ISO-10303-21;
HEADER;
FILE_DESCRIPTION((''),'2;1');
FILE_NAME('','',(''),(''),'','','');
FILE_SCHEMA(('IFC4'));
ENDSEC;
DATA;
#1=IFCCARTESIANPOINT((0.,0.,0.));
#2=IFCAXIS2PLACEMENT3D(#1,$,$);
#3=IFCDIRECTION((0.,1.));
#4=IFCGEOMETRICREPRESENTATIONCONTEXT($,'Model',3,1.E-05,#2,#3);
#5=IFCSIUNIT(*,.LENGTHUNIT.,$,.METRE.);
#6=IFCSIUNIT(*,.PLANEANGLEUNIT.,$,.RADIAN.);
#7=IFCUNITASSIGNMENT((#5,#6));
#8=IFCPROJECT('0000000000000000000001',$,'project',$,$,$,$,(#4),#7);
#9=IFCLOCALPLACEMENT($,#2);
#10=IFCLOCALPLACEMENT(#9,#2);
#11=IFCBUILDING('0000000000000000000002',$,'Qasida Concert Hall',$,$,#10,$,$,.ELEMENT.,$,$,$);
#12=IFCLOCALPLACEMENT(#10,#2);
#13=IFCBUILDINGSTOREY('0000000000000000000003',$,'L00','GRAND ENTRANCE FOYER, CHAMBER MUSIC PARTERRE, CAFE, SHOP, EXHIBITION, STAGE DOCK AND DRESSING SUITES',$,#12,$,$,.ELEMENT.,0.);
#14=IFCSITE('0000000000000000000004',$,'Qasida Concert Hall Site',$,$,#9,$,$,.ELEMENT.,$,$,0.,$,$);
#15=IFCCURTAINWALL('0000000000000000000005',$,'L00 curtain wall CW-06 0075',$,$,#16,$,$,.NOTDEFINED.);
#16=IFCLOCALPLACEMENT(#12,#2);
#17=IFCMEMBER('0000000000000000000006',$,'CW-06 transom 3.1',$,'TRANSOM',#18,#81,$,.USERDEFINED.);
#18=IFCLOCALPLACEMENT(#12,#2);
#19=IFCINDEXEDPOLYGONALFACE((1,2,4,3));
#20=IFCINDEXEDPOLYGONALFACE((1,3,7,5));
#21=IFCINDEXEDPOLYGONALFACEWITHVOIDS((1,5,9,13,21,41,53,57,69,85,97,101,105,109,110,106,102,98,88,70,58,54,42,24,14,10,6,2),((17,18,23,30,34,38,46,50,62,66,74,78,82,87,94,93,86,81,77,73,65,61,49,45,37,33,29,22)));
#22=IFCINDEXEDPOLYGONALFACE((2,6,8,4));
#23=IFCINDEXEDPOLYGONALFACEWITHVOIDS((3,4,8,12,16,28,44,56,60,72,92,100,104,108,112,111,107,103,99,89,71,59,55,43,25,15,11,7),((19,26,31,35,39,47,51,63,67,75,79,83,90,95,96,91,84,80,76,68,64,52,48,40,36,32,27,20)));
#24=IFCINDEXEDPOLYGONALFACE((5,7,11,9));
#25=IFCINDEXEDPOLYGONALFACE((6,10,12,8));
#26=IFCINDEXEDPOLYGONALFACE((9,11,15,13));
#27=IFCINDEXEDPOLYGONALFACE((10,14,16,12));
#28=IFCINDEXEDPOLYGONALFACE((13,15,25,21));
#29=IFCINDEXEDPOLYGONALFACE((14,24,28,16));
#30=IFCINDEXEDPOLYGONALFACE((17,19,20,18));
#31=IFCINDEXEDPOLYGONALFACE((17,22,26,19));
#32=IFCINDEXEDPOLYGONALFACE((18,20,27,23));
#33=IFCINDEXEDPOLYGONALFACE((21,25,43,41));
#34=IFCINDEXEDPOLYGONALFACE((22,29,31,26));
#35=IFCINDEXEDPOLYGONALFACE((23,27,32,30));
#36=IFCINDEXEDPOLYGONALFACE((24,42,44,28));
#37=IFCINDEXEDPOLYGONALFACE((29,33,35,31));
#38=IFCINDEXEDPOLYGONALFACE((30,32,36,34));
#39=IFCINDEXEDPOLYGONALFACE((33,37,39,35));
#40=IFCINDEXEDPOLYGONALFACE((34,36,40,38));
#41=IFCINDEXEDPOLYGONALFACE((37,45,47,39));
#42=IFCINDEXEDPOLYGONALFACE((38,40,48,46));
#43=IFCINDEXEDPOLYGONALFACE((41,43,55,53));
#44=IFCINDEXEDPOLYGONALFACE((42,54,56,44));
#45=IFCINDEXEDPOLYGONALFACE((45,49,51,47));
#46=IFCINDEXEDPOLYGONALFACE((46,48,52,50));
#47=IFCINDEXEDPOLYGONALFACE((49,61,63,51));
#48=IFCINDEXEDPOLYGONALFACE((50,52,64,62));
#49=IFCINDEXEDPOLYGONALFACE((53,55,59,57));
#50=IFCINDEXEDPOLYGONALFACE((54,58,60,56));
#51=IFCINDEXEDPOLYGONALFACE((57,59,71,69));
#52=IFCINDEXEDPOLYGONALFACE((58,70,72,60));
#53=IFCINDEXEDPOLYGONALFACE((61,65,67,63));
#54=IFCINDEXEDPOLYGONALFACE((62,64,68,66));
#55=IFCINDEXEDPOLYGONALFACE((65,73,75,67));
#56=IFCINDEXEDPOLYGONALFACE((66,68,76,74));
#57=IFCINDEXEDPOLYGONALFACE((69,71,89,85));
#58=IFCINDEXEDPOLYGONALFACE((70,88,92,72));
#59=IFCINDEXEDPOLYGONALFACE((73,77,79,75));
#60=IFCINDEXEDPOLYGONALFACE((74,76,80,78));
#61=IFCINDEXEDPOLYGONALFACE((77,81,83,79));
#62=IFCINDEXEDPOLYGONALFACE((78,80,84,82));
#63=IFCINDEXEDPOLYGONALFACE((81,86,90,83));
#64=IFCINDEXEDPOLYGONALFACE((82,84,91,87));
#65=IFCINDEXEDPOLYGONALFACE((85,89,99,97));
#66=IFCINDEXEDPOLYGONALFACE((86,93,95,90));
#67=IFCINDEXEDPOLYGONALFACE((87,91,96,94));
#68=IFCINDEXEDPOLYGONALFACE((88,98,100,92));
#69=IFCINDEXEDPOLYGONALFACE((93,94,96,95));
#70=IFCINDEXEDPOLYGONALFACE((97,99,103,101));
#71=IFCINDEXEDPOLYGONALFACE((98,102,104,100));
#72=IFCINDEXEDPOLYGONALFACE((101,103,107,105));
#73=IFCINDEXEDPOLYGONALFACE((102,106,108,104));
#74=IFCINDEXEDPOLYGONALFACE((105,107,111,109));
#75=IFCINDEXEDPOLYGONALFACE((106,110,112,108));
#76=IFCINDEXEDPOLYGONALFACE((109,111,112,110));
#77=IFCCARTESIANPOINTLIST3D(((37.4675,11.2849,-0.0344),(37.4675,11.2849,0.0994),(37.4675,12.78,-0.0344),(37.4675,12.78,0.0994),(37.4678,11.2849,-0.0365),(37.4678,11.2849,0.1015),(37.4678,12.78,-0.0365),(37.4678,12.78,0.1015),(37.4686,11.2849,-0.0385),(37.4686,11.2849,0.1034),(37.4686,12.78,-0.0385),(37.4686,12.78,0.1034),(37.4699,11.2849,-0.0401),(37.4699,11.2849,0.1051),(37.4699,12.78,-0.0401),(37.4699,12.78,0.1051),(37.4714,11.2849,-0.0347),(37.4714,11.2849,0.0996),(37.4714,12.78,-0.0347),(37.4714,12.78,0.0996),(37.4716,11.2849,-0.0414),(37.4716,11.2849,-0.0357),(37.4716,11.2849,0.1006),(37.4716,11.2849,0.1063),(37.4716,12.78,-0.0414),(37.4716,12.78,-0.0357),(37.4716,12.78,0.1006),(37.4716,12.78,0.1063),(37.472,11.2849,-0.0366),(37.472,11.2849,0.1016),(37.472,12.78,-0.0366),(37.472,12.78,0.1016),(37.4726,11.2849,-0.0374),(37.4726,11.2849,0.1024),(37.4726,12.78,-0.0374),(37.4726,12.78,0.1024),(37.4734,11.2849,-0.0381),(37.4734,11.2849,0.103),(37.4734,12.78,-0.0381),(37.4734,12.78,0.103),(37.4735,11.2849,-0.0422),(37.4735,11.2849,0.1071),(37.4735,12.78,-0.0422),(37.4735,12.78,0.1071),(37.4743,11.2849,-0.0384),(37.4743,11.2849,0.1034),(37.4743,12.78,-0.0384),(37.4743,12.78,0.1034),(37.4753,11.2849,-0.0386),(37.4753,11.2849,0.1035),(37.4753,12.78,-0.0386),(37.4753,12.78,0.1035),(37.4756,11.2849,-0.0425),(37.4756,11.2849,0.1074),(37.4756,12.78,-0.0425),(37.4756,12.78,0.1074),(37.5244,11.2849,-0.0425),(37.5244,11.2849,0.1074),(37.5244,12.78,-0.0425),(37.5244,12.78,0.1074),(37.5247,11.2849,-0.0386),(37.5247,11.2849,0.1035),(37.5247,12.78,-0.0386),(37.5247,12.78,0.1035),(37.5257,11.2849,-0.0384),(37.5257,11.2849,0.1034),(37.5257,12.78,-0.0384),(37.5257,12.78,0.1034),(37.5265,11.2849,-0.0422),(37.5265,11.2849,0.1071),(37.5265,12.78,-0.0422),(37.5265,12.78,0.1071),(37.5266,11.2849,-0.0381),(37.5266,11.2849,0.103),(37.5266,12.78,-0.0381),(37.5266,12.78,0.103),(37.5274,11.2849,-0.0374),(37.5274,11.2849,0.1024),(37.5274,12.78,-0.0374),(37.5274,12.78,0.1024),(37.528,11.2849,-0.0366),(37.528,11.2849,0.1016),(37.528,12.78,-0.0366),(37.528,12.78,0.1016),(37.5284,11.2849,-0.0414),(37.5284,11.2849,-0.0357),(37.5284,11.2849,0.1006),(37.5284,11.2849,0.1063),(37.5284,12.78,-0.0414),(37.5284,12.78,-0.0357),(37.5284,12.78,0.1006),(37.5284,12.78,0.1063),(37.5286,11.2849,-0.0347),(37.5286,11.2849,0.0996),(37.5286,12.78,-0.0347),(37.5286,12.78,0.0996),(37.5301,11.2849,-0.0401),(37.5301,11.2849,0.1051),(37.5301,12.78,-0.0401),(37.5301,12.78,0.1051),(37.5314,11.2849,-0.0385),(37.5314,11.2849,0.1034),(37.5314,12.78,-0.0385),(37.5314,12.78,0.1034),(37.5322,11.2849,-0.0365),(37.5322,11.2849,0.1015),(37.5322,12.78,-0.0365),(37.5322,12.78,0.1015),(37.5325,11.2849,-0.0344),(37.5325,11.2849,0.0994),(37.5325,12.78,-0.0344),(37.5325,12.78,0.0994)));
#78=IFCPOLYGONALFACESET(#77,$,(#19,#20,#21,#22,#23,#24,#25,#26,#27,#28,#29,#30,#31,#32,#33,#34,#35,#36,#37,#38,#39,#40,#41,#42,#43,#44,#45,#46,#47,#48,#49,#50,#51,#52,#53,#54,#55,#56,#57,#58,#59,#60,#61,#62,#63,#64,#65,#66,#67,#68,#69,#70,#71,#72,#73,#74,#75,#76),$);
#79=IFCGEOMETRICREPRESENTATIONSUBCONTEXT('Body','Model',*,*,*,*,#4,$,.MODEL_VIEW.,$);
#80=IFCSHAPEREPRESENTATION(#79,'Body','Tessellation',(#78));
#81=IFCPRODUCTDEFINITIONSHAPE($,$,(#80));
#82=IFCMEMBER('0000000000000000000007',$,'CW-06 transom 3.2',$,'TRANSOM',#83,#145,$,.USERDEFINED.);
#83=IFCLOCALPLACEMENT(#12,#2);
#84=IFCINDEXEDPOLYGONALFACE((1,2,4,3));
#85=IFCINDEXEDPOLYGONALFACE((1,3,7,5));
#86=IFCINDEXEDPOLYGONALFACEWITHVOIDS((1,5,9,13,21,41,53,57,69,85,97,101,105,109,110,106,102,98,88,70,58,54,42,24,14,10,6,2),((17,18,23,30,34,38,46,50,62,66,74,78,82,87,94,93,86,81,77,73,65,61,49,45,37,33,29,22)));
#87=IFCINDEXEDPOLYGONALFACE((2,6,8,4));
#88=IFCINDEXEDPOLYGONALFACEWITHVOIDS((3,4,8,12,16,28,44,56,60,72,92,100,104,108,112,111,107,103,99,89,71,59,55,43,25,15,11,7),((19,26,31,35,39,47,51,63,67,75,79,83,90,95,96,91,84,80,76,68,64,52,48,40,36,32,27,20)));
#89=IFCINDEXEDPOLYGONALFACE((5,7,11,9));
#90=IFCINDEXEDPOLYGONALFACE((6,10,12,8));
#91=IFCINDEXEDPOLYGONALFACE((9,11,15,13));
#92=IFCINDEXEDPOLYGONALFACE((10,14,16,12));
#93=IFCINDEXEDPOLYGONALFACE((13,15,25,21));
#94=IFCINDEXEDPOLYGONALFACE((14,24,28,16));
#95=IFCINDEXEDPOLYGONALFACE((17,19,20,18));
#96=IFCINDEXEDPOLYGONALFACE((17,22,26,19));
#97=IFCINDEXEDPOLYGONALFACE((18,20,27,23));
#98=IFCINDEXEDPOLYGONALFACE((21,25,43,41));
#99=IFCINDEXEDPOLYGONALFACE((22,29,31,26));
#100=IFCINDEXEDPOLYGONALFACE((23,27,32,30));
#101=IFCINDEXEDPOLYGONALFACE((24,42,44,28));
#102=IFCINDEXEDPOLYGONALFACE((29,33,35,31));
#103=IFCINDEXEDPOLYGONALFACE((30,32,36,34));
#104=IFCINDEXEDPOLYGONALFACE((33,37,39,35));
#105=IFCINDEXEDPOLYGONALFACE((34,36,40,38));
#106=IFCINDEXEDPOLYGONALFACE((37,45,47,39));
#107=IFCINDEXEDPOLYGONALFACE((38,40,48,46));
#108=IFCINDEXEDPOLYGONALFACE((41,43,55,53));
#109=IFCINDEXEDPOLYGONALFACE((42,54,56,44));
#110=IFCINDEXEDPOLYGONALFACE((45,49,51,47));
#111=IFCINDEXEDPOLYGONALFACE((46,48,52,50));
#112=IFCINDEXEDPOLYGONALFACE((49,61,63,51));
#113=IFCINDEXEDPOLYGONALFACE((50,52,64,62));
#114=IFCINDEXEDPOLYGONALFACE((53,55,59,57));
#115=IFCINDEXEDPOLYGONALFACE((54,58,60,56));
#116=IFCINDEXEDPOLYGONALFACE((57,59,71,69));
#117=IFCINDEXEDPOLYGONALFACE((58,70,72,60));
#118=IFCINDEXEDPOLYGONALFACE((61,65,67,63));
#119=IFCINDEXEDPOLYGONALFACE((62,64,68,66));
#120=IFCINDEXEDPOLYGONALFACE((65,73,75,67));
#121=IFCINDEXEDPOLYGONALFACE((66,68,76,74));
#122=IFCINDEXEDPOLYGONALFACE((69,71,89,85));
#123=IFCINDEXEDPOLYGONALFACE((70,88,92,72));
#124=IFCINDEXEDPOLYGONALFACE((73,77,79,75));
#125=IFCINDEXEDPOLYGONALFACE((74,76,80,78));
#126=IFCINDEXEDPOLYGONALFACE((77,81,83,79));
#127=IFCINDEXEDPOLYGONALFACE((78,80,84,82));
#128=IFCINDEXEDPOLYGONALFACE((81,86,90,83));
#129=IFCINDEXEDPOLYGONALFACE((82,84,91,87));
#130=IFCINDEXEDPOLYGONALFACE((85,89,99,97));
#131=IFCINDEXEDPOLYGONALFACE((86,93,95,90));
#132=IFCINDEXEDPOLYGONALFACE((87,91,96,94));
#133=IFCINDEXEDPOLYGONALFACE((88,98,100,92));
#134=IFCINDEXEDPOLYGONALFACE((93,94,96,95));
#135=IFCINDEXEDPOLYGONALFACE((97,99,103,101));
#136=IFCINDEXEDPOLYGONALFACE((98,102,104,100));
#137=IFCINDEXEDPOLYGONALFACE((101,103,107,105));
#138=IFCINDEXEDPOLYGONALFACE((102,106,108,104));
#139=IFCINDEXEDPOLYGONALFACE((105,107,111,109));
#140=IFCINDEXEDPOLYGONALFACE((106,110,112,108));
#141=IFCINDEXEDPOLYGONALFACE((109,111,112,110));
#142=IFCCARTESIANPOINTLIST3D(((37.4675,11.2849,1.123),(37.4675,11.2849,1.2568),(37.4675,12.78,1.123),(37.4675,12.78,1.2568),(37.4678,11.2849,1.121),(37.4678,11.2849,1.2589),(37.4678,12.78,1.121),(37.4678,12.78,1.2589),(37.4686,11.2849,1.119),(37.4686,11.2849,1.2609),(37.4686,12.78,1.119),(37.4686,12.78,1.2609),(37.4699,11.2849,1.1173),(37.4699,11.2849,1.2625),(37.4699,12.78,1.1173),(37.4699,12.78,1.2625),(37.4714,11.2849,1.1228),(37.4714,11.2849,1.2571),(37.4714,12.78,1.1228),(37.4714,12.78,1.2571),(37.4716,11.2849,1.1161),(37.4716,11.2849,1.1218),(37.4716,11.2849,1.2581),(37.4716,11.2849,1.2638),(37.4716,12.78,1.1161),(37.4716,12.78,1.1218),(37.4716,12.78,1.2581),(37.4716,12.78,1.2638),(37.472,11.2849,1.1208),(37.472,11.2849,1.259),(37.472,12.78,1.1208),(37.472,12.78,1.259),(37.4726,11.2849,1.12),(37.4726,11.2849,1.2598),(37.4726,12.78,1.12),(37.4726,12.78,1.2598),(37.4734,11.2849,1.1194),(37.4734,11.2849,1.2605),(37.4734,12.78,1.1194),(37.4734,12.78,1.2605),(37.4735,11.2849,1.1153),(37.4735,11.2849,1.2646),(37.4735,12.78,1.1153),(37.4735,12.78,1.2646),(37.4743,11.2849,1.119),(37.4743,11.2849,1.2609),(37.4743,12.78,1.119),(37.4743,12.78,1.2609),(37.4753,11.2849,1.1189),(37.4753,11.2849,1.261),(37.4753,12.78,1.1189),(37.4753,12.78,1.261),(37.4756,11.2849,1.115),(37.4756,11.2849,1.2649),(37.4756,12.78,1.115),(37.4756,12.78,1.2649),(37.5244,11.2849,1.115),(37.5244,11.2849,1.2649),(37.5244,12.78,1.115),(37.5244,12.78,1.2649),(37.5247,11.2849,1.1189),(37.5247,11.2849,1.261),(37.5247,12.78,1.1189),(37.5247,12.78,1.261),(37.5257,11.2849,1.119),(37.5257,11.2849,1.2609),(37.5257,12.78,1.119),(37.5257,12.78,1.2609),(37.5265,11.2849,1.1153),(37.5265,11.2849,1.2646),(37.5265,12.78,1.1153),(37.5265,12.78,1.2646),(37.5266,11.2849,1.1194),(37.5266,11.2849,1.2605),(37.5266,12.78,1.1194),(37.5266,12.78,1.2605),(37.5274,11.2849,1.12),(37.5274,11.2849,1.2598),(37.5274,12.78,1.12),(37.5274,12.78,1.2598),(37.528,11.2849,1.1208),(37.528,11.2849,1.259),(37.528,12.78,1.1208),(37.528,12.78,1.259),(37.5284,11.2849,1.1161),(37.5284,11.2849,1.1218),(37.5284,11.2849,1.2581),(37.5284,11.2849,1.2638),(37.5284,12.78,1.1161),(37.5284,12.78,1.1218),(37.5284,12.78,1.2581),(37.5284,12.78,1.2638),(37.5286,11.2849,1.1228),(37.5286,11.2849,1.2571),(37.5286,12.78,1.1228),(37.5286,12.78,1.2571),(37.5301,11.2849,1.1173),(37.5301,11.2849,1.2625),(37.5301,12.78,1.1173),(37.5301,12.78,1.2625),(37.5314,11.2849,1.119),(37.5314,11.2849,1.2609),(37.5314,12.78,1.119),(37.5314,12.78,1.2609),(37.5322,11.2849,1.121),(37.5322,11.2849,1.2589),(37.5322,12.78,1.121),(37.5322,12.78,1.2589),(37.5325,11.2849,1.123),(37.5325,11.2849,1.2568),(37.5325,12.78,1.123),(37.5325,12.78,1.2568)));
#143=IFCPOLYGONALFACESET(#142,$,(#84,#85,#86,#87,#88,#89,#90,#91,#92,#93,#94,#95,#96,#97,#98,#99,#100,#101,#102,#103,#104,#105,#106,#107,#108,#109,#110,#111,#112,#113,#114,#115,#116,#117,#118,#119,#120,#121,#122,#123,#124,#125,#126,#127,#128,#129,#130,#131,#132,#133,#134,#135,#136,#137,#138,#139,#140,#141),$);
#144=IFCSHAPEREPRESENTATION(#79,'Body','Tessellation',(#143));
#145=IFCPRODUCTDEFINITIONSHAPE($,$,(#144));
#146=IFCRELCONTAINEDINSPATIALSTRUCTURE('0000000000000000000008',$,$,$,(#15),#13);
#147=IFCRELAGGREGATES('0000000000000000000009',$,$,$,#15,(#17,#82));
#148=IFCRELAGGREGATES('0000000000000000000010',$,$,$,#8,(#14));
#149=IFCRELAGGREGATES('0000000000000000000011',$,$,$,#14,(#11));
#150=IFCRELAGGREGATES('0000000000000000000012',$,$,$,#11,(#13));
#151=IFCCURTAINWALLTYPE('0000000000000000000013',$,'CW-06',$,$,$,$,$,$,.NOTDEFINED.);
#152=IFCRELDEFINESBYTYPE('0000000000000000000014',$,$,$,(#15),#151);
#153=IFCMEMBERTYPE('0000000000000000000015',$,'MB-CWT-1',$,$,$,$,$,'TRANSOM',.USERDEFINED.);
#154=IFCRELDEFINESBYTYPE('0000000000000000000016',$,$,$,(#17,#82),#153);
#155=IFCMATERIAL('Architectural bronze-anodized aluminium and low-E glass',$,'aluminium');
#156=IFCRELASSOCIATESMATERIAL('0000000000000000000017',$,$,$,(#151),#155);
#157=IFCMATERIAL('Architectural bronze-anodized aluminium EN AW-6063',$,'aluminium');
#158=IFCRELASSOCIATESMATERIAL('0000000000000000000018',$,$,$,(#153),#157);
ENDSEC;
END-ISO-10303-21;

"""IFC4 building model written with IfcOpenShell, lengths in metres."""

from ifc_helpers import new_model, si_unit, direction, frame, origin, origin_2d, place, context, subcontext, project, spatial, hollow_rectangle, extrude, material, material_profile, profile_set, type_object, element, aggregate, save


model = new_model("IFC4")

# Units and contexts
model_context = context("Model", 3, precision=1e-05, world=origin(), true_north=direction((0.0, 1.0)))
body_context = subcontext(model_context, "Body", "Model", "MODEL_VIEW")
ifc_project = project(units=[si_unit("LENGTHUNIT", "METRE"), si_unit("PLANEANGLEUNIT", "RADIAN")], contexts=[model_context])

# Site, building, storey
site_placement = place(None, origin())
site = spatial("IfcSite", under=ifc_project, at=site_placement, Name="Qasida Concert Hall Site", CompositionType="ELEMENT", RefElevation=0.0)
building_placement = place(site_placement, origin())
building = spatial("IfcBuilding", under=site, at=building_placement, Name="Qasida Concert Hall", CompositionType="ELEMENT")
storey_placement = place(building_placement, origin())
storey = spatial("IfcBuildingStorey", under=building, at=storey_placement, Name="L00", Description="GRAND ENTRANCE FOYER, CHAMBER MUSIC PARTERRE, CAFE, SHOP, EXHIBITION, STAGE DOCK AND DRESSING SUITES", CompositionType="ELEMENT", Elevation=0.0)

# Curtain wall, members
ifc_material_1 = material(Name="Architectural bronze-anodized aluminium and low-E glass", Category="aluminium")
curtain_wall_type = type_object("IfcCurtainWallType", Name="CW-06", PredefinedType="NOTDEFINED", material=ifc_material_1)
curtain_wall_placement = place(storey_placement, origin())
curtain_wall = element("IfcCurtainWall", 1, at=curtain_wall_placement, inside=storey, type_object=curtain_wall_type, Name="L00 curtain wall CW-06 0075", PredefinedType="NOTDEFINED")
ifc_material_2 = material(Name="Architectural bronze-anodized aluminium EN AW-6063", Category="aluminium")
ifc_material_profile_1 = material_profile(ifc_material_2, hollow_rectangle(XDim=0.0649, YDim=0.1499, WallThickness=0.0039, InnerFilletRadius=0.0039, OuterFilletRadius=0.0081, at=origin_2d()), Name="CWT 150x65x4")
ifc_profile_set_1 = profile_set([ifc_material_profile_1], Name="Architectural bronze-anodized aluminium EN AW-6063")
member_type_1 = type_object("IfcMemberType", Name="MB-CWT-1", ElementType="TRANSOM", PredefinedType="USERDEFINED", material=ifc_profile_set_1)
member_1_placement = place(storey_placement, frame((37.5, 11.2849, 0.0325), z_axis=(0.0, 1.0, 0.0), x_axis=(-1.0, 0.0, 0.0)))
member_1 = element("IfcMember", 2, at=member_1_placement, type_object=member_type_1, Name="CW-06 transom 3.1", ObjectType="TRANSOM", PredefinedType="USERDEFINED", context=body_context, shape_type="SweptSolid", body=[
    extrude(hollow_rectangle(XDim=0.0649, YDim=0.1499, WallThickness=0.0039, InnerFilletRadius=0.0039, OuterFilletRadius=0.0081, at=origin_2d()), origin(), (0.0, 0.0, 1.0), 1.4951),
])
member_2_placement = place(storey_placement, frame((37.5, 11.2849, 1.1899), z_axis=(0.0, 1.0, 0.0), x_axis=(-1.0, 0.0, 0.0)))
member_2 = element("IfcMember", 3, at=member_2_placement, type_object=member_type_1, Name="CW-06 transom 3.2", ObjectType="TRANSOM", PredefinedType="USERDEFINED", context=body_context, shape_type="SweptSolid", body=[
    extrude(hollow_rectangle(XDim=0.0649, YDim=0.1499, WallThickness=0.0039, InnerFilletRadius=0.0039, OuterFilletRadius=0.0081, at=origin_2d()), origin(), (0.0, 0.0, 1.0), 1.4951),
])
aggregate(curtain_wall, [member_1, member_2])

save(model, "model.ifc")
